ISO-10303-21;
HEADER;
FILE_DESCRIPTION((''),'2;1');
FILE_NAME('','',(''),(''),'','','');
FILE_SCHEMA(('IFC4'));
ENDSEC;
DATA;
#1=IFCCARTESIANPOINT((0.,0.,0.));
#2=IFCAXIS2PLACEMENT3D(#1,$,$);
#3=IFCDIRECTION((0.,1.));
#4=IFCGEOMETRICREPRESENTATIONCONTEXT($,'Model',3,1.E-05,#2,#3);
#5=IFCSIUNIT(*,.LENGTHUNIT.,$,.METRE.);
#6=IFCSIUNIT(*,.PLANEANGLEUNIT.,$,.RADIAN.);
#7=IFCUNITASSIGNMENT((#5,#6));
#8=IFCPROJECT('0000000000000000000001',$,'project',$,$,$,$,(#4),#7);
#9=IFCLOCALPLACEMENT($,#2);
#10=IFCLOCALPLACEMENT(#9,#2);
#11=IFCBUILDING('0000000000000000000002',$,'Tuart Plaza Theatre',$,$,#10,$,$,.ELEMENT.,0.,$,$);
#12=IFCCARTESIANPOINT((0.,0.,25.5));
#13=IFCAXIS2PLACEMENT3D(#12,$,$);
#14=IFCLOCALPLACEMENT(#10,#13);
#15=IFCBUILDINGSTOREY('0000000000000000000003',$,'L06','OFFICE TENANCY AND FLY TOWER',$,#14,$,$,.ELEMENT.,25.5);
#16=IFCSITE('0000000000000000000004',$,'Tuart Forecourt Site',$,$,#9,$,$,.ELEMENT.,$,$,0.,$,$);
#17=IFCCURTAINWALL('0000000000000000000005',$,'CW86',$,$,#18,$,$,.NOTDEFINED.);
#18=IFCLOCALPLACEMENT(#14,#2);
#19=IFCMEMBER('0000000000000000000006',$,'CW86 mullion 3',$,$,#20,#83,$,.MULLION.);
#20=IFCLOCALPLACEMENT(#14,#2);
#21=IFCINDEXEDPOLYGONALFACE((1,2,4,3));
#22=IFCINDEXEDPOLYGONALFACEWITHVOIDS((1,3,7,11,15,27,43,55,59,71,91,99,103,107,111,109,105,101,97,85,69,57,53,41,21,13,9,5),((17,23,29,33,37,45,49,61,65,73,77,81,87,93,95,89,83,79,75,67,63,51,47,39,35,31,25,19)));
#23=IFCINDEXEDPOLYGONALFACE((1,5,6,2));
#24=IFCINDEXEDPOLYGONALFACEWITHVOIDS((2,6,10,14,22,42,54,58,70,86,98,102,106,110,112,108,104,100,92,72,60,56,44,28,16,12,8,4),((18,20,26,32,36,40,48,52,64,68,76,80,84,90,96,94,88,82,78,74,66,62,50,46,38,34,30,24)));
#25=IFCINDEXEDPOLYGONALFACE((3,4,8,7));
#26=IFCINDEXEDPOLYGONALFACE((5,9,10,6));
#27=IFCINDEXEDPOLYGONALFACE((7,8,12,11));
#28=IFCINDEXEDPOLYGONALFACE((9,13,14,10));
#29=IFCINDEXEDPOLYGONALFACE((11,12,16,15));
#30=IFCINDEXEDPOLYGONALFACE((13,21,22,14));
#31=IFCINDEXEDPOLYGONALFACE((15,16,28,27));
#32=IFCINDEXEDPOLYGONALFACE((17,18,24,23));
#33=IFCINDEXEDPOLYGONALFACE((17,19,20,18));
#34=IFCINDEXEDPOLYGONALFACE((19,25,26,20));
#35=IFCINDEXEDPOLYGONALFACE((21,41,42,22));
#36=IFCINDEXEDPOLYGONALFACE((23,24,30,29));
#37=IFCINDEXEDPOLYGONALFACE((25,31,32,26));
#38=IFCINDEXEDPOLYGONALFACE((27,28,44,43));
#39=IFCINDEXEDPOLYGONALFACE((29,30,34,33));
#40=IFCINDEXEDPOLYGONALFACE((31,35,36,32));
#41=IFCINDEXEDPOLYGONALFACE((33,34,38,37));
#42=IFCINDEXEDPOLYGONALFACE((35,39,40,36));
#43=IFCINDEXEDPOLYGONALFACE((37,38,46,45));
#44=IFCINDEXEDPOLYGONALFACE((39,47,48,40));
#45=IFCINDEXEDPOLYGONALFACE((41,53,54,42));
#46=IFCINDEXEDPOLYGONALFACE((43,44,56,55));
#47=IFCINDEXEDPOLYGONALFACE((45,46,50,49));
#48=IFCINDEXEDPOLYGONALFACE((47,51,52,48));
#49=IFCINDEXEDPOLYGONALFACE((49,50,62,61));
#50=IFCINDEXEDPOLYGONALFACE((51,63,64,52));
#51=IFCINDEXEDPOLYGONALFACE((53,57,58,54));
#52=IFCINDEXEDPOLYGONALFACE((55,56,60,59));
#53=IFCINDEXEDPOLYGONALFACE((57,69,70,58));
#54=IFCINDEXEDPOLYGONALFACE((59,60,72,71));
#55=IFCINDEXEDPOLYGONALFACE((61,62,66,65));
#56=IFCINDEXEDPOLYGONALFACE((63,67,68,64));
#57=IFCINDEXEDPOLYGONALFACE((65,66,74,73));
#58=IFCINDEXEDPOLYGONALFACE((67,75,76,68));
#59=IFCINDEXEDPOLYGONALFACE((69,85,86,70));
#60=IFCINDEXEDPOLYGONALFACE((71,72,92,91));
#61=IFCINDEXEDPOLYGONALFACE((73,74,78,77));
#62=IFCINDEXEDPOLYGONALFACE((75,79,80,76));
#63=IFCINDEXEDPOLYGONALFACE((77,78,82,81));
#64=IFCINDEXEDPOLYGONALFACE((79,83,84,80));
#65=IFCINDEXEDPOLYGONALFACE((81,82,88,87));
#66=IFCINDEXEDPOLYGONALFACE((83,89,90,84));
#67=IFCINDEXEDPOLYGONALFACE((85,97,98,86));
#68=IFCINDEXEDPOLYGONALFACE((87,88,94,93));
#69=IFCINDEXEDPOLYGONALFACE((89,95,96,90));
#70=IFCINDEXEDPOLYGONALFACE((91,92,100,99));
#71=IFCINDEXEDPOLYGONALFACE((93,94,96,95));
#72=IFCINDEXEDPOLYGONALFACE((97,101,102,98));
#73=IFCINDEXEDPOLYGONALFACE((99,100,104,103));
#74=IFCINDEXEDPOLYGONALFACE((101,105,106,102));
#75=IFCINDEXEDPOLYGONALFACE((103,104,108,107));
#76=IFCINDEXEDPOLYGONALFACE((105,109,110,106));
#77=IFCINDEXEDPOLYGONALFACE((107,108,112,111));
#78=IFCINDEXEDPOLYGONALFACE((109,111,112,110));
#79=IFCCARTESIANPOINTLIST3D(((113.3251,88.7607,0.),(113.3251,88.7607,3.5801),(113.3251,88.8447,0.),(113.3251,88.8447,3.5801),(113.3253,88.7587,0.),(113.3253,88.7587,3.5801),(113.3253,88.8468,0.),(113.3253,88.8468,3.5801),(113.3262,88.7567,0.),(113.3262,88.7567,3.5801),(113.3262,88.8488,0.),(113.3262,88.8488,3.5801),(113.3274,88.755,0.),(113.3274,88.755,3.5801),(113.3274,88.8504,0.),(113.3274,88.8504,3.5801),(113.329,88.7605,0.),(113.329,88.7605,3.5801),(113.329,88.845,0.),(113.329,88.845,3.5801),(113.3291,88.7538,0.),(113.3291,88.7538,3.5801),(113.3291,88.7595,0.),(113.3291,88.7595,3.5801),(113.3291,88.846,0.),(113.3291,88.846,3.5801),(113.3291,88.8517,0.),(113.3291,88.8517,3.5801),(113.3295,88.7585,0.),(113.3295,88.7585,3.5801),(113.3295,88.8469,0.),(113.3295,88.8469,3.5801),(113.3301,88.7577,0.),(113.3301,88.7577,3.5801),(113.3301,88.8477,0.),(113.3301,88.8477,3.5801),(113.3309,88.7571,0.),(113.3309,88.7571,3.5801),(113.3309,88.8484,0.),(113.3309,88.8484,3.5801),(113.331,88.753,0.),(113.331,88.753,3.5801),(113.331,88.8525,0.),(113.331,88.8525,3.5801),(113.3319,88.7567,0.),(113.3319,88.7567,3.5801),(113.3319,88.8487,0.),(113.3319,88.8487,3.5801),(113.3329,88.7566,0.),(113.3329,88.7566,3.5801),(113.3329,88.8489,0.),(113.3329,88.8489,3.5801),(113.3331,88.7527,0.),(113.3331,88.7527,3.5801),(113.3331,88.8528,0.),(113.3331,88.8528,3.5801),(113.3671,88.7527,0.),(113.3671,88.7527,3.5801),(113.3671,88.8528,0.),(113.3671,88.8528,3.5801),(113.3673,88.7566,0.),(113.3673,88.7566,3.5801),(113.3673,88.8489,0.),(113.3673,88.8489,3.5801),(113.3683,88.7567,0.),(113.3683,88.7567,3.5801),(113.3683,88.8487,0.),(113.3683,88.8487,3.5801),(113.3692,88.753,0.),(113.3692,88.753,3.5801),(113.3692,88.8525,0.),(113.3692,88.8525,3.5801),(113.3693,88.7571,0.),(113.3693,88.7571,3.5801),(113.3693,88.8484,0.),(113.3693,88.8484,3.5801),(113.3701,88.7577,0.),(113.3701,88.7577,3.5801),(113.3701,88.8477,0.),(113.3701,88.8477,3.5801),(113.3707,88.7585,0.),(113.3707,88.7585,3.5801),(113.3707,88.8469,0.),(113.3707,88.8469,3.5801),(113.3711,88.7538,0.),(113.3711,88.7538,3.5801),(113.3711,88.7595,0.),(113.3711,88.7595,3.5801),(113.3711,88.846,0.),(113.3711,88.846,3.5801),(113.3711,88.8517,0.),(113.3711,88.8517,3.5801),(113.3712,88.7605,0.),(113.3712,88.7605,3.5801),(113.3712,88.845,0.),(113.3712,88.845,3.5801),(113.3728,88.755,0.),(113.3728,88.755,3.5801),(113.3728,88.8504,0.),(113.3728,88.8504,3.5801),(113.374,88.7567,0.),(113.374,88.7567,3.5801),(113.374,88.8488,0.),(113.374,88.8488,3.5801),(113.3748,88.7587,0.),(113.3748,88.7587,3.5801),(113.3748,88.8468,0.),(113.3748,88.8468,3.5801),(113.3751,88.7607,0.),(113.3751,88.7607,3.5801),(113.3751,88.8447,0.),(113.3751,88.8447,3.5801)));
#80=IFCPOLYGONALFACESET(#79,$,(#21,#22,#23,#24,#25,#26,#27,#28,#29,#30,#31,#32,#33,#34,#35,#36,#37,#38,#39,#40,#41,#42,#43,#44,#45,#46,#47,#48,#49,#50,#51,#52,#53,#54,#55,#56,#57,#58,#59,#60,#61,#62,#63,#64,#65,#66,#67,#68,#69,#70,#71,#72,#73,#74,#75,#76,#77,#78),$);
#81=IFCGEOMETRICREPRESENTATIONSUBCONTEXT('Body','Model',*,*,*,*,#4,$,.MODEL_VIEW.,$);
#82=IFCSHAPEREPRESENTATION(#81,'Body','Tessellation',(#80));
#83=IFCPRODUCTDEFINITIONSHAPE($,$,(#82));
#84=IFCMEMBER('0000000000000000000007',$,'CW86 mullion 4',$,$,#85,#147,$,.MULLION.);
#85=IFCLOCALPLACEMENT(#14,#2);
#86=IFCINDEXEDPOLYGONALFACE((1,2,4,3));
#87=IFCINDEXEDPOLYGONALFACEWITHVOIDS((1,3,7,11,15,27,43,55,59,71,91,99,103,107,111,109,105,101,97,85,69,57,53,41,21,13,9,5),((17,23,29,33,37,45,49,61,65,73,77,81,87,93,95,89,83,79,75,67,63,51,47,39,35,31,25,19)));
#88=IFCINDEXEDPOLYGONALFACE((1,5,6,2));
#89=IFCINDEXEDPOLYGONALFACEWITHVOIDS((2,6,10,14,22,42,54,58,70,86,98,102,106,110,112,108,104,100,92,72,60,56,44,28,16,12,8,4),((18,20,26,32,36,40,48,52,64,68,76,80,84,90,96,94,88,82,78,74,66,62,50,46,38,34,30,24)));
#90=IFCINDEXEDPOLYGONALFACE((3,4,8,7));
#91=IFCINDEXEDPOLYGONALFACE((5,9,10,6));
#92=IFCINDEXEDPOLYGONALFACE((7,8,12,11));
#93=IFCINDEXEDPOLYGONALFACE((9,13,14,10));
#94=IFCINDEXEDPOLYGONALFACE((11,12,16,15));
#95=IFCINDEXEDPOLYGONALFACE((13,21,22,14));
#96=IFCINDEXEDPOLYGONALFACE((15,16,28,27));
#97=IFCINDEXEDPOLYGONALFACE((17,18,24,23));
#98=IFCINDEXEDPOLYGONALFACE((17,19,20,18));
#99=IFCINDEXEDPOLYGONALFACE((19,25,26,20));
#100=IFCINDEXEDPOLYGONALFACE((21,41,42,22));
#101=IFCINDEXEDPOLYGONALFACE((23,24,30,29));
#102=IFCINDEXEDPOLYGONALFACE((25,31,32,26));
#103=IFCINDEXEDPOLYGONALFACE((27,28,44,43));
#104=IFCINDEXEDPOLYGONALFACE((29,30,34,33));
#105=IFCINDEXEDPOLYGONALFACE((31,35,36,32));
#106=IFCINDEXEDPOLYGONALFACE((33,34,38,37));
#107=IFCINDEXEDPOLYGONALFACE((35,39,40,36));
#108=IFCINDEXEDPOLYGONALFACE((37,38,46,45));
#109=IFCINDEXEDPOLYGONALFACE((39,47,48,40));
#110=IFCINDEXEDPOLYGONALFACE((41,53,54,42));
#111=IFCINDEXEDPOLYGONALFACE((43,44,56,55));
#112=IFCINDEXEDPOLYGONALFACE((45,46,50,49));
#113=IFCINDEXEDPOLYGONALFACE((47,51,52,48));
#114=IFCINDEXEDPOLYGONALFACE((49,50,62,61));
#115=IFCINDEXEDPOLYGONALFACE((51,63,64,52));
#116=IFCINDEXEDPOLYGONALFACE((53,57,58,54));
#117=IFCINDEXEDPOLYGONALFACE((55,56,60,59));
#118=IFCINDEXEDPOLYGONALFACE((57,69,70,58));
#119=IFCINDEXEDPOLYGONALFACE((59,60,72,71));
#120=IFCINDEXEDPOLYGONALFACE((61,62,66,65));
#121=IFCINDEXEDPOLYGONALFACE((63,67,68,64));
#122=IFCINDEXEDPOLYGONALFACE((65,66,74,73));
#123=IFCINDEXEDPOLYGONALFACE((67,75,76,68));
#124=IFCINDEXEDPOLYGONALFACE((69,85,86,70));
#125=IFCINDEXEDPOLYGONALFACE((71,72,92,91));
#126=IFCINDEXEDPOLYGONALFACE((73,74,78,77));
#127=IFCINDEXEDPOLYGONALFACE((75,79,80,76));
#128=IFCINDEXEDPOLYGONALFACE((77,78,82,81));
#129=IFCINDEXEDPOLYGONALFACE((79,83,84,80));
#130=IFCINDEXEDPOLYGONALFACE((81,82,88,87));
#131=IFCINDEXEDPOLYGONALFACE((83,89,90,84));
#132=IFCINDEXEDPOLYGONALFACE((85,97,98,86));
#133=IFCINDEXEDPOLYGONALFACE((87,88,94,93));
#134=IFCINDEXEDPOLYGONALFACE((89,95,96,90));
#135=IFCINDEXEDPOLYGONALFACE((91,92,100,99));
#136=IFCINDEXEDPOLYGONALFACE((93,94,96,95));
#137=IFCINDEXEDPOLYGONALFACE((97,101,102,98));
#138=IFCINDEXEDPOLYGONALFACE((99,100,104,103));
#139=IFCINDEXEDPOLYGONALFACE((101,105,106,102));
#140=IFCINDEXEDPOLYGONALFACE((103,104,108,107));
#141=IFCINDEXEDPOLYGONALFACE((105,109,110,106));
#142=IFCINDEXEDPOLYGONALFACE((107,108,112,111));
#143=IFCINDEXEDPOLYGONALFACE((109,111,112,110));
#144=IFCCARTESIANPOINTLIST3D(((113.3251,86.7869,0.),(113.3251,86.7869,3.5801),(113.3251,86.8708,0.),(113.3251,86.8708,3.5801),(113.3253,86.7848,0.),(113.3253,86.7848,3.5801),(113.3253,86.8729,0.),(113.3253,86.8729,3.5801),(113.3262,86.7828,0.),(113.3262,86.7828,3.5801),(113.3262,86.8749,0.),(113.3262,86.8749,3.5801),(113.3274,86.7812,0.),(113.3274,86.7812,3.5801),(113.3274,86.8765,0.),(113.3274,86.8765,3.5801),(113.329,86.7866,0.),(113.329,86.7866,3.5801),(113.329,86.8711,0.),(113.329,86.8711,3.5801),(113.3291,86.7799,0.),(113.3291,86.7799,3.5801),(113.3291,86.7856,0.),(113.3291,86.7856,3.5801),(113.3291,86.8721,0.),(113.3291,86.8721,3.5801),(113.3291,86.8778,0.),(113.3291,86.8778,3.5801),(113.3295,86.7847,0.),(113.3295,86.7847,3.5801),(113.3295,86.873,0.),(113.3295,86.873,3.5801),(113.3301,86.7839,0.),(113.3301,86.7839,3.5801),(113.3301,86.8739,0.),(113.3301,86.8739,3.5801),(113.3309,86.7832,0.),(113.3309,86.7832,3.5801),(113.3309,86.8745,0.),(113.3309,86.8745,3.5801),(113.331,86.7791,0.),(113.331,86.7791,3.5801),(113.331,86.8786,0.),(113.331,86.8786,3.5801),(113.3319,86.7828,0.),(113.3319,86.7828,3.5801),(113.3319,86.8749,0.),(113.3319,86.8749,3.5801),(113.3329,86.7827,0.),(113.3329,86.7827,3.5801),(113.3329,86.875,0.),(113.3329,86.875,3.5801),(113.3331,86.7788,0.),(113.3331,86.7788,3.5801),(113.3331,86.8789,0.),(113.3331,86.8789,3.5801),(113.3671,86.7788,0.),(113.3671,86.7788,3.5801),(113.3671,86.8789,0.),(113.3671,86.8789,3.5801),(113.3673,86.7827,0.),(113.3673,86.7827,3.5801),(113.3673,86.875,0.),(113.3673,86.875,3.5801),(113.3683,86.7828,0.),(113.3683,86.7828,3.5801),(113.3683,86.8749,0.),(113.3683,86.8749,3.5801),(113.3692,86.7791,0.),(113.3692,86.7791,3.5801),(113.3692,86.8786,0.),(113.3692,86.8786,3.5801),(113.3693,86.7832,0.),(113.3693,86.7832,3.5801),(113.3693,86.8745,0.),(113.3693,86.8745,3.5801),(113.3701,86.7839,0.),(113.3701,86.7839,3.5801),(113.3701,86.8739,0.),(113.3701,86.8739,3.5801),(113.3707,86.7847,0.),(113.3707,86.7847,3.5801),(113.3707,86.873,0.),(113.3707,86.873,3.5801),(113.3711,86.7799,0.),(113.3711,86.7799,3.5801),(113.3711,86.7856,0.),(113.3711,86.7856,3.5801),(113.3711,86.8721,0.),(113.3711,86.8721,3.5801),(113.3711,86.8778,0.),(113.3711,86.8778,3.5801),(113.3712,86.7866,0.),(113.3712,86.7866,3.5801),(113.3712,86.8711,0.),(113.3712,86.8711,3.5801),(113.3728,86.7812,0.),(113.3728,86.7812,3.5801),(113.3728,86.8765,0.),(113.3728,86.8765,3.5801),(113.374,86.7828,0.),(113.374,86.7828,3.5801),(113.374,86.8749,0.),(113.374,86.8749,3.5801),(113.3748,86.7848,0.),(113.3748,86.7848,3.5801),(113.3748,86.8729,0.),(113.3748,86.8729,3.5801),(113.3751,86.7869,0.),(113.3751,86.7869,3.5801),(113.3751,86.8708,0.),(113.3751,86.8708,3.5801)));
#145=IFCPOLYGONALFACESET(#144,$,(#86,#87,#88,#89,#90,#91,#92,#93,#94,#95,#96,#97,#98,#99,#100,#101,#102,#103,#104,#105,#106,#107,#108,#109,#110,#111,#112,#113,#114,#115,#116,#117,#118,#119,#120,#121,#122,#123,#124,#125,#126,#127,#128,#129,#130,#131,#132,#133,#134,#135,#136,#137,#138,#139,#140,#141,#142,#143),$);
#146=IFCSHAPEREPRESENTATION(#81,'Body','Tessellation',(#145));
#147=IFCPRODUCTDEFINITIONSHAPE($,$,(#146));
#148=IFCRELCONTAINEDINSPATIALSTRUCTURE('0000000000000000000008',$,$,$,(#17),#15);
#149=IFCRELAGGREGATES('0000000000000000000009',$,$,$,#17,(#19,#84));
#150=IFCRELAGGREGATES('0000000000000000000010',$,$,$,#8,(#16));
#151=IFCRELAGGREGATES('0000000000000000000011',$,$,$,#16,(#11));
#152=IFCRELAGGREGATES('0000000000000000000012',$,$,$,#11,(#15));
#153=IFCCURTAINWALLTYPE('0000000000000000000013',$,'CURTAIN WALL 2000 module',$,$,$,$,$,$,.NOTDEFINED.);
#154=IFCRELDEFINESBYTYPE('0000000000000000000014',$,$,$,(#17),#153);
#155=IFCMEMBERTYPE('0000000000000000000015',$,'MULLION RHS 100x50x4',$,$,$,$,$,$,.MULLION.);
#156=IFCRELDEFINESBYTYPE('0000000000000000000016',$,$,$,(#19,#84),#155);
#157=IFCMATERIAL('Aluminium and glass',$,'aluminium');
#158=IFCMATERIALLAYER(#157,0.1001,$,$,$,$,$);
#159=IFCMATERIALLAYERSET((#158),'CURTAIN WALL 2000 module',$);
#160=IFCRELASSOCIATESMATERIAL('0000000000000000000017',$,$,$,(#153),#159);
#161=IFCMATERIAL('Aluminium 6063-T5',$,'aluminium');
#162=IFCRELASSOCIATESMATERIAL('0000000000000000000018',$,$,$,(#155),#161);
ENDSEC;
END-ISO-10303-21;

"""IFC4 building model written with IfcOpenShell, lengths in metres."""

from ifc_helpers import new_model, si_unit, direction, frame, origin, origin_2d, place, context, subcontext, project, spatial, hollow_rectangle, extrude, material, layer, layer_set, material_profile, profile_set, type_object, element, aggregate, save


model = new_model("IFC4")

# Units and contexts
model_context = context("Model", 3, precision=1e-05, world=origin(), true_north=direction((0.0, 1.0)))
body_context = subcontext(model_context, "Body", "Model", "MODEL_VIEW")
ifc_project = project(units=[si_unit("LENGTHUNIT", "METRE"), si_unit("PLANEANGLEUNIT", "RADIAN")], contexts=[model_context])

# Site, building, storey
site_placement = place(None, origin())
site = spatial("IfcSite", under=ifc_project, at=site_placement, Name="Tuart Forecourt Site", CompositionType="ELEMENT", RefElevation=0.0)
building_placement = place(site_placement, origin())
building = spatial("IfcBuilding", under=site, at=building_placement, Name="Tuart Plaza Theatre", CompositionType="ELEMENT", ElevationOfRefHeight=0.0)
storey_placement = place(building_placement, frame((0.0, 0.0, 25.5)))
storey = spatial("IfcBuildingStorey", under=building, at=storey_placement, Name="L06", Description="OFFICE TENANCY AND FLY TOWER", CompositionType="ELEMENT", Elevation=25.5)

# Curtain wall, members
ifc_material_1 = material(Name="Aluminium and glass", Category="aluminium")
ifc_layer_1 = layer(ifc_material_1, 0.1001)
ifc_layer_set_1 = layer_set([ifc_layer_1], Name="CURTAIN WALL 2000 module")
curtain_wall_type = type_object("IfcCurtainWallType", Name="CURTAIN WALL 2000 module", PredefinedType="NOTDEFINED", material=ifc_layer_set_1)
curtain_wall_placement = place(storey_placement, origin())
curtain_wall = element("IfcCurtainWall", 1, at=curtain_wall_placement, inside=storey, type_object=curtain_wall_type, Name="CW86", PredefinedType="NOTDEFINED")
ifc_material_2 = material(Name="Aluminium 6063-T5", Category="aluminium")
ifc_material_profile_1 = material_profile(ifc_material_2, hollow_rectangle(XDim=0.05, YDim=0.1001, WallThickness=0.0039, InnerFilletRadius=0.0039, OuterFilletRadius=0.0081, at=origin_2d()), Name="RHS 100x50x4")
ifc_profile_set_1 = profile_set([ifc_material_profile_1], Name="Aluminium 6063-T5")
member_type_1 = type_object("IfcMemberType", Name="MULLION RHS 100x50x4", PredefinedType="MULLION", material=ifc_profile_set_1)
member_1_placement = place(storey_placement, frame((113.3501, 88.8027, 0.0), z_axis=(0.0, 0.0, 1.0), x_axis=(1.0, 0.0, 0.0)))
member_1 = element("IfcMember", 2, at=member_1_placement, type_object=member_type_1, Name="CW86 mullion 3", PredefinedType="MULLION", context=body_context, shape_type="SweptSolid", body=[
    extrude(hollow_rectangle(XDim=0.05, YDim=0.1001, WallThickness=0.0039, InnerFilletRadius=0.0039, OuterFilletRadius=0.0081, at=origin_2d()), origin(), (0.0, 0.0, 1.0), 3.5801),
])
member_2_placement = place(storey_placement, frame((113.3501, 86.8289, 0.0), z_axis=(0.0, 0.0, 1.0), x_axis=(1.0, 0.0, 0.0)))
member_2 = element("IfcMember", 3, at=member_2_placement, type_object=member_type_1, Name="CW86 mullion 4", PredefinedType="MULLION", context=body_context, shape_type="SweptSolid", body=[
    extrude(hollow_rectangle(XDim=0.05, YDim=0.1001, WallThickness=0.0039, InnerFilletRadius=0.0039, OuterFilletRadius=0.0081, at=origin_2d()), origin(), (0.0, 0.0, 1.0), 3.5801),
])
aggregate(curtain_wall, [member_1, member_2])

save(model, "model.ifc")
